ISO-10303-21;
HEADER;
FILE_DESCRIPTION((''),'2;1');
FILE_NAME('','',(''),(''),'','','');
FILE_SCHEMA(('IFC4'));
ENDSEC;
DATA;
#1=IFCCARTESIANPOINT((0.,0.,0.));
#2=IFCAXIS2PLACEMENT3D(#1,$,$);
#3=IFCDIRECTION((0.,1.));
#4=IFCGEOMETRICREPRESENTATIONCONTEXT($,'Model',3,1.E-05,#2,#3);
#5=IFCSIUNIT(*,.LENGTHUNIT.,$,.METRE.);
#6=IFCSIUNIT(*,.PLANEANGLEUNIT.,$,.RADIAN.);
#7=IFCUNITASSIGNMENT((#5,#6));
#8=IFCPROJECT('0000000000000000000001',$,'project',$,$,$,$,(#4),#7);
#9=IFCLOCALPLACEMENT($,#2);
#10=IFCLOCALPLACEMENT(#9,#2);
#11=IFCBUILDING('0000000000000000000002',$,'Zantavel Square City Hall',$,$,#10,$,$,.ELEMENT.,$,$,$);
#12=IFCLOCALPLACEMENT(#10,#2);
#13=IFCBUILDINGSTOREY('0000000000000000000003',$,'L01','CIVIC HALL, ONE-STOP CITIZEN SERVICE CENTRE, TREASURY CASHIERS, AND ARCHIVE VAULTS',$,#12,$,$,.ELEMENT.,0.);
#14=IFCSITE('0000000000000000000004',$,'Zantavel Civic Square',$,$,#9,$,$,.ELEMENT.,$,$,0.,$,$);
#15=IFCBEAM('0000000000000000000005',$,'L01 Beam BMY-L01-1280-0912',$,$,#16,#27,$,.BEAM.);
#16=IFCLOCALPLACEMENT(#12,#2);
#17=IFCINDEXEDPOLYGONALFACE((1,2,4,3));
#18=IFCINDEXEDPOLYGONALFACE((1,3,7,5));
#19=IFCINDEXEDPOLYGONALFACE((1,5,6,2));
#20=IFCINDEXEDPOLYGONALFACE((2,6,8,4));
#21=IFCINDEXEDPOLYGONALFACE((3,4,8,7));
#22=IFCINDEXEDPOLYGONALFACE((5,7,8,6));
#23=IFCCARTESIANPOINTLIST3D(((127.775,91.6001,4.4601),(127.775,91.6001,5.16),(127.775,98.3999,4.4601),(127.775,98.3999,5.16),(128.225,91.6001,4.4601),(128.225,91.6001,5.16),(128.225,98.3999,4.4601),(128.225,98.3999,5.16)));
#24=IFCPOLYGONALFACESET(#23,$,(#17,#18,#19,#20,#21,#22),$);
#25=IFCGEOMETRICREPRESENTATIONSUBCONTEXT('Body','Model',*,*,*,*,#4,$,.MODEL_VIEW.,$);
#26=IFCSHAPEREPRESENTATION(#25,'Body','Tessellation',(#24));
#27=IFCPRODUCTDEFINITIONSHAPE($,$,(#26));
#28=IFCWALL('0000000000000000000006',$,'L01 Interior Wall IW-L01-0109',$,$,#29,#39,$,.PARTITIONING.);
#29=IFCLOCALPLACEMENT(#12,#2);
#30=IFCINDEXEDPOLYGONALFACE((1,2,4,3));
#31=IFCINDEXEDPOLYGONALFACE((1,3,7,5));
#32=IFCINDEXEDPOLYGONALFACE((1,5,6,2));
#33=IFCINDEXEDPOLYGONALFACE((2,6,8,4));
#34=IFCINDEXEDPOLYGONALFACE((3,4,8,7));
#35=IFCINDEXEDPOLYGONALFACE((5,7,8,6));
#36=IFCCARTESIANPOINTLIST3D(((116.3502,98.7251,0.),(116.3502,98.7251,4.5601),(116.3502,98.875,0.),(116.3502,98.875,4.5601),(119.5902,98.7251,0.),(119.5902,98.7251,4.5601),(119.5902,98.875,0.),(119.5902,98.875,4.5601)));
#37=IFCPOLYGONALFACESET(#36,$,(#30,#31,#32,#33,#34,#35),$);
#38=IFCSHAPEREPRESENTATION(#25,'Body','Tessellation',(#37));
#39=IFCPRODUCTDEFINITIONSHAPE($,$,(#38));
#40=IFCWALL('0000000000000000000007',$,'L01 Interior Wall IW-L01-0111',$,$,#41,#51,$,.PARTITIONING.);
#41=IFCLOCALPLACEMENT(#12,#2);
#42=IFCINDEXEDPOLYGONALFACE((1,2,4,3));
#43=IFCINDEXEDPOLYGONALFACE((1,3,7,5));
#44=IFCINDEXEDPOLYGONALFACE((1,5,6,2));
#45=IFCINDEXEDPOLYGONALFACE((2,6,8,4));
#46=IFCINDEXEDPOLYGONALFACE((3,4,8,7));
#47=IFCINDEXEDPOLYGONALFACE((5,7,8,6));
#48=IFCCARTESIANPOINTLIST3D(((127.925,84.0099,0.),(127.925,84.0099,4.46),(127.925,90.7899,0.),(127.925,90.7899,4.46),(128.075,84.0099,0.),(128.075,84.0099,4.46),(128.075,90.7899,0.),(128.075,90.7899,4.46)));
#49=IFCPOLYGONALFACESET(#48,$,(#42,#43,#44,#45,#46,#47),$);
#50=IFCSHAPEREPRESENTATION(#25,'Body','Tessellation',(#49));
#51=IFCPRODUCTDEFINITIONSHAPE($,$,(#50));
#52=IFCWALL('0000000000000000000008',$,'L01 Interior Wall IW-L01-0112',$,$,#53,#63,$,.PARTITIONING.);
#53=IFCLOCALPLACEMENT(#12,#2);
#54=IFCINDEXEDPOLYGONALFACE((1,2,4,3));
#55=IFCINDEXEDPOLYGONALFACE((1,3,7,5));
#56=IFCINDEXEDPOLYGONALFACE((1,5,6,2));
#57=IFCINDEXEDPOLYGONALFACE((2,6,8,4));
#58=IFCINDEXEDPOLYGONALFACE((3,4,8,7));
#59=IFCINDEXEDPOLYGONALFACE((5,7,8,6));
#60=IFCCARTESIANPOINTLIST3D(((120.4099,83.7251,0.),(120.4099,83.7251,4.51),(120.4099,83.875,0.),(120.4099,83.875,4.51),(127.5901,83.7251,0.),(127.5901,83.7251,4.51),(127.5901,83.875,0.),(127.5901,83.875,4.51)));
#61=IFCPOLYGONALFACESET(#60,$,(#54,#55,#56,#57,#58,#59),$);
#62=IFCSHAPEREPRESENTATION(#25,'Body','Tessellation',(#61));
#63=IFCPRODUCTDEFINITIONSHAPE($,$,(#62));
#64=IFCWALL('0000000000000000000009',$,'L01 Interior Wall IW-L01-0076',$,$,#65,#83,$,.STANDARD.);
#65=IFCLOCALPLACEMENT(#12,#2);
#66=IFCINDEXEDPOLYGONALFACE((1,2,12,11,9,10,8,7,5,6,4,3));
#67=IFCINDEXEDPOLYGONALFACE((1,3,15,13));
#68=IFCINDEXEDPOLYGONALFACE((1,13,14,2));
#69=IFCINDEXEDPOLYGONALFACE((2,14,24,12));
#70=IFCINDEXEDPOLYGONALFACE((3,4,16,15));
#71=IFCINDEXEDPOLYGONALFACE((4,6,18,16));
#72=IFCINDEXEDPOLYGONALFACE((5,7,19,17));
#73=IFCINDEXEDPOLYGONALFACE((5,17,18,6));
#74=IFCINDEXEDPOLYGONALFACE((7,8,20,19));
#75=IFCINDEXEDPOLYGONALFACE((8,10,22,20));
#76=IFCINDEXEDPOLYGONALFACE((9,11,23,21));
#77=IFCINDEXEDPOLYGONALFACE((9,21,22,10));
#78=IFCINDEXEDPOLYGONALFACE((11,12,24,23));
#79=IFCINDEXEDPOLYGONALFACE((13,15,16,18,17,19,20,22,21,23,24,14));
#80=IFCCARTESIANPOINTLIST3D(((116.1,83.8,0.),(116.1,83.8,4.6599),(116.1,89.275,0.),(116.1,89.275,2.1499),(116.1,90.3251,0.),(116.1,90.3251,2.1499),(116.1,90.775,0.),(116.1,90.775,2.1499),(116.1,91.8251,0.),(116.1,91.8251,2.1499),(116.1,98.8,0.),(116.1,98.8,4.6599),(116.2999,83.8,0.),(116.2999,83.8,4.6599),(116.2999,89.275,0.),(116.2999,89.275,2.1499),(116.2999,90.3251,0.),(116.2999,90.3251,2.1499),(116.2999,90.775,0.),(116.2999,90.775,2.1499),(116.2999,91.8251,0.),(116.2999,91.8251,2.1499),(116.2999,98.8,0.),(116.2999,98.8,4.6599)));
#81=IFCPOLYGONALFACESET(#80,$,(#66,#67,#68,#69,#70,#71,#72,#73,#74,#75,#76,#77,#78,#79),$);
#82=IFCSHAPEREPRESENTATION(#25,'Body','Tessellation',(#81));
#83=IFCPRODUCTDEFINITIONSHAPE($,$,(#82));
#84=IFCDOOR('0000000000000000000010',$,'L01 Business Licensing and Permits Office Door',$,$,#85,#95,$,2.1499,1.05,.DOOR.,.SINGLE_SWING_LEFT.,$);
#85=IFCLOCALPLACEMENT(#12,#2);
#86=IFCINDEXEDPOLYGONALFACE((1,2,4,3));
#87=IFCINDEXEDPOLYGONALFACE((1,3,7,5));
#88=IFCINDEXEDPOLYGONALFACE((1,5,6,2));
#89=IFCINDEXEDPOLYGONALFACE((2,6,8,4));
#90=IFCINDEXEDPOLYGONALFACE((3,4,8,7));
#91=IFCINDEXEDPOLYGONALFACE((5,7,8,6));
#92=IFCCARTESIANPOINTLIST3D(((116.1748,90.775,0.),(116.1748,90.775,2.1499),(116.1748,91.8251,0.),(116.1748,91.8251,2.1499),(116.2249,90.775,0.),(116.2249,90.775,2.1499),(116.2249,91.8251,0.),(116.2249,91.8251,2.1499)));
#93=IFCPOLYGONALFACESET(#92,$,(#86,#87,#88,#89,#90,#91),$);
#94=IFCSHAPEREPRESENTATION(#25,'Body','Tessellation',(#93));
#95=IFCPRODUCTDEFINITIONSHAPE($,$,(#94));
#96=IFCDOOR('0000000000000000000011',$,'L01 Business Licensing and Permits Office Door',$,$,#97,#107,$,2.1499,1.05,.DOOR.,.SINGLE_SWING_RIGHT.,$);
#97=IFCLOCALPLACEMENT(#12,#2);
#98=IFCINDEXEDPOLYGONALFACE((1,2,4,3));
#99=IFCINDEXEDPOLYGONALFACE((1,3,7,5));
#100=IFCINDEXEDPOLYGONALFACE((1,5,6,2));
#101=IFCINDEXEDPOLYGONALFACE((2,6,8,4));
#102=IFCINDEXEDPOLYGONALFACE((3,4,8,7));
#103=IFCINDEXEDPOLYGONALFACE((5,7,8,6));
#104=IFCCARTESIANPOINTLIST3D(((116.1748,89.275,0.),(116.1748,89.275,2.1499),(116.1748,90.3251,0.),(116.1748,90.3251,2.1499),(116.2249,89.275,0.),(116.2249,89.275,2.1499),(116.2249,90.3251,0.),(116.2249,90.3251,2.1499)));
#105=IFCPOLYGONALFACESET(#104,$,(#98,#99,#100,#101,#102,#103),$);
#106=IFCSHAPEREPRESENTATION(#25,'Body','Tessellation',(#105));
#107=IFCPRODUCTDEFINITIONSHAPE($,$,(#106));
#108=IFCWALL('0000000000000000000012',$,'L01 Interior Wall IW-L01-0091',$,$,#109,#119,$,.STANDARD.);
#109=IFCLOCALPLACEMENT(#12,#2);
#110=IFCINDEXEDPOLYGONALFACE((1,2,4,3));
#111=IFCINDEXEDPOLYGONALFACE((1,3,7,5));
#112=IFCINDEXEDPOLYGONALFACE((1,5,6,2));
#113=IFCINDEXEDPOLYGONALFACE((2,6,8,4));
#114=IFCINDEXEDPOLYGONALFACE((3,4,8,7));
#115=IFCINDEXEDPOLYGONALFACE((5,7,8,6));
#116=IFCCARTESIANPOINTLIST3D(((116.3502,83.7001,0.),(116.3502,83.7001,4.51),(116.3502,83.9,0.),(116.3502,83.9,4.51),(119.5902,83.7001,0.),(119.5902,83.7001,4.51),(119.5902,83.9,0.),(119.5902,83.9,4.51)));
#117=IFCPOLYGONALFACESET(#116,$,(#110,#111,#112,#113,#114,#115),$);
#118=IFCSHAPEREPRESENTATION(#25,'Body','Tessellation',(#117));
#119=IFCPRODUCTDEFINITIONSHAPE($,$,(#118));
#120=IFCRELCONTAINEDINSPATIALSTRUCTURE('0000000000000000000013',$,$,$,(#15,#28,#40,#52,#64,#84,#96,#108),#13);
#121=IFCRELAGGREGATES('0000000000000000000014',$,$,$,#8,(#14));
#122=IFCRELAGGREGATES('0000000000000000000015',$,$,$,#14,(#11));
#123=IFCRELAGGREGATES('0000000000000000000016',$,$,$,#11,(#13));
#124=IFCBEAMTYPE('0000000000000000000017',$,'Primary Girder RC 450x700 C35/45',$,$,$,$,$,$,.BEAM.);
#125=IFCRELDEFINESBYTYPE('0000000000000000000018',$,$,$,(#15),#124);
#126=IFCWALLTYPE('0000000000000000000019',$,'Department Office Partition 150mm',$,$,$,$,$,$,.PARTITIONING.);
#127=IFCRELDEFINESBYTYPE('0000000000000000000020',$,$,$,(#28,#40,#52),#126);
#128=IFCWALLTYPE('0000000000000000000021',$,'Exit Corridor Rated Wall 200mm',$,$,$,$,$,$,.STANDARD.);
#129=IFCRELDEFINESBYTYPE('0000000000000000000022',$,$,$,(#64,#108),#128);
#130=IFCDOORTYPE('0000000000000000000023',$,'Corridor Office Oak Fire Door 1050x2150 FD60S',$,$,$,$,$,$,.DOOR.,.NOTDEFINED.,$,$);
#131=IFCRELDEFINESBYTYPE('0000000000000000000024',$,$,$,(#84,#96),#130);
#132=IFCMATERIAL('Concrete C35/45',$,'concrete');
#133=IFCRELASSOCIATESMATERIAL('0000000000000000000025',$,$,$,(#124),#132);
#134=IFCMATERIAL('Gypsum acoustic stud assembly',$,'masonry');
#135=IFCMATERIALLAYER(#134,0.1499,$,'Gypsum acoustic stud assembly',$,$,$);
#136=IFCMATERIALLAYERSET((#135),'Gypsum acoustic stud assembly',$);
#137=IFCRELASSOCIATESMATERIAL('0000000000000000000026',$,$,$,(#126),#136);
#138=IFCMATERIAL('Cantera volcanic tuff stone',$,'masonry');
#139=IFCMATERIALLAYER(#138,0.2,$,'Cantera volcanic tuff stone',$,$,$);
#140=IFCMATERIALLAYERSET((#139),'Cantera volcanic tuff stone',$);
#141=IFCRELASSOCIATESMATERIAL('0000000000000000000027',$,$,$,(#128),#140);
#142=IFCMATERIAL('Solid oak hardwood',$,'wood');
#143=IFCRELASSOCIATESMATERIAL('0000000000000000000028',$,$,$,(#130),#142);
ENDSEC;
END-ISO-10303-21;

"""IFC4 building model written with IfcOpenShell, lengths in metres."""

from ifc_helpers import new_model, si_unit, direction, frame, frame_2d, origin, origin_2d, place, context, subcontext, project, spatial, rectangle, extrude, material, layer, layer_set, material_profile, profile_set, type_object, element, fill, save


model = new_model("IFC4")

# Units and contexts
model_context = context("Model", 3, precision=1e-05, world=origin(), true_north=direction((0.0, 1.0)))
body_context = subcontext(model_context, "Body", "Model", "MODEL_VIEW")
ifc_project = project(units=[si_unit("LENGTHUNIT", "METRE"), si_unit("PLANEANGLEUNIT", "RADIAN")], contexts=[model_context])

# Site, building, storey
site_placement = place(None, origin())
site = spatial("IfcSite", under=ifc_project, at=site_placement, Name="Zantavel Civic Square", CompositionType="ELEMENT", RefElevation=0.0)
building_placement = place(site_placement, origin())
building = spatial("IfcBuilding", under=site, at=building_placement, Name="Zantavel Square City Hall", CompositionType="ELEMENT")
storey_placement = place(building_placement, origin())
storey = spatial("IfcBuildingStorey", under=building, at=storey_placement, Name="L01", Description="CIVIC HALL, ONE-STOP CITIZEN SERVICE CENTRE, TREASURY CASHIERS, AND ARCHIVE VAULTS", CompositionType="ELEMENT", Elevation=0.0)

# Beam
ifc_material_1 = material(Name="Concrete C35/45", Category="concrete")
ifc_material_profile_1 = material_profile(ifc_material_1, rectangle(XDim=0.45, YDim=0.7, at=origin_2d()), Name="RC 450x700")
ifc_profile_set_1 = profile_set([ifc_material_profile_1], Name="Concrete C35/45")
beam_type_1 = type_object("IfcBeamType", Name="Primary Girder RC 450x700 C35/45", PredefinedType="BEAM", material=ifc_profile_set_1)
beam_1_placement = place(storey_placement, frame((128.0, 91.6001, 4.8101), z_axis=(0.0, 1.0, 0.0), x_axis=(-1.0, 0.0, 0.0)))
element("IfcBeam", 1, at=beam_1_placement, inside=storey, type_object=beam_type_1, Name="L01 Beam BMY-L01-1280-0912", PredefinedType="BEAM", context=body_context, shape_type="SweptSolid", body=[
    extrude(rectangle(XDim=0.45, YDim=0.7, at=origin_2d()), origin(), (0.0, 0.0, 1.0), 6.7998),
])

# Walls
ifc_material_2 = material(Name="Gypsum acoustic stud assembly", Category="masonry")
ifc_layer_1 = layer(ifc_material_2, 0.1499, Name="Gypsum acoustic stud assembly")
ifc_layer_set_1 = layer_set([ifc_layer_1], Name="Gypsum acoustic stud assembly")
wall_type_1 = type_object("IfcWallType", Name="Department Office Partition 150mm", PredefinedType="PARTITIONING", material=ifc_layer_set_1)
wall_1_placement = place(storey_placement, frame((116.3501, 98.8, 0.0), z_axis=(0.0, 0.0, 1.0), x_axis=(1.0, 0.0, 0.0)))
element("IfcWall", 2, at=wall_1_placement, inside=storey, type_object=wall_type_1, Name="L01 Interior Wall IW-L01-0109", PredefinedType="PARTITIONING", context=body_context, shape_type="SweptSolid", body=[
    extrude(rectangle(XDim=3.24, YDim=0.1499, at=frame_2d((1.6201, 0.0))), origin(), (0.0, 0.0, 1.0), 4.5601),
])
wall_2_placement = place(storey_placement, frame((128.0, 90.79, 0.0), z_axis=(0.0, 0.0, 1.0), x_axis=(0.0, -1.0, 0.0)))
element("IfcWall", 3, at=wall_2_placement, inside=storey, type_object=wall_type_1, Name="L01 Interior Wall IW-L01-0111", PredefinedType="PARTITIONING", context=body_context, shape_type="SweptSolid", body=[
    extrude(rectangle(XDim=6.78, YDim=0.1499, at=frame_2d((3.3901, 0.0))), origin(), (0.0, 0.0, 1.0), 4.46),
])
wall_3_placement = place(storey_placement, frame((127.5901, 83.8, 0.0), z_axis=(0.0, 0.0, 1.0), x_axis=(-1.0, 0.0, 0.0)))
element("IfcWall", 4, at=wall_3_placement, inside=storey, type_object=wall_type_1, Name="L01 Interior Wall IW-L01-0112", PredefinedType="PARTITIONING", context=body_context, shape_type="SweptSolid", body=[
    extrude(rectangle(XDim=7.1802, YDim=0.1499, at=frame_2d((3.5901, 0.0))), origin(), (0.0, 0.0, 1.0), 4.51),
])

# Wall, openings, doors
ifc_material_3 = material(Name="Cantera volcanic tuff stone", Category="masonry")
ifc_layer_2 = layer(ifc_material_3, 0.2, Name="Cantera volcanic tuff stone")
ifc_layer_set_2 = layer_set([ifc_layer_2], Name="Cantera volcanic tuff stone")
wall_type_2 = type_object("IfcWallType", Name="Exit Corridor Rated Wall 200mm", PredefinedType="STANDARD", material=ifc_layer_set_2)
wall_4_placement = place(storey_placement, frame((116.2, 98.8, 0.0), z_axis=(0.0, 0.0, 1.0), x_axis=(0.0, -1.0, 0.0)))
wall_4 = element("IfcWall", 5, at=wall_4_placement, inside=storey, type_object=wall_type_2, Name="L01 Interior Wall IW-L01-0076", PredefinedType="STANDARD", context=body_context, shape_type="SweptSolid", body=[
    extrude(rectangle(XDim=15.0, YDim=0.2, at=frame_2d((7.5, 0.0))), origin(), (0.0, 0.0, 1.0), 4.6599),
])
opening_1_placement = place(wall_4_placement, frame((6.9751, 0.0, 0.0)))
opening_1 = element("IfcOpeningElement", 6, at=opening_1_placement, cuts=wall_4, PredefinedType="OPENING", context=body_context, shape_type="SweptSolid", body=[
    extrude(rectangle(XDim=1.05, YDim=2.1499, at=frame_2d((0.5249, 1.075))), frame((0.0, 0.1099, 0.0), z_axis=(0.0, -1.0, 0.0), x_axis=(1.0, 0.0, 0.0)), (0.0, 0.0, 1.0), 0.22),
])
opening_2_placement = place(wall_4_placement, frame((8.4751, 0.0, 0.0)))
opening_2 = element("IfcOpeningElement", 7, at=opening_2_placement, cuts=wall_4, PredefinedType="OPENING", context=body_context, shape_type="SweptSolid", body=[
    extrude(rectangle(XDim=1.05, YDim=2.1499, at=frame_2d((0.5249, 1.075))), frame((0.0, 0.1099, 0.0), z_axis=(0.0, -1.0, 0.0), x_axis=(1.0, 0.0, 0.0)), (0.0, 0.0, 1.0), 0.22),
])
ifc_material_4 = material(Name="Solid oak hardwood", Category="wood")
door_type = type_object("IfcDoorType", Name="Corridor Office Oak Fire Door 1050x2150 FD60S", OperationType="NOTDEFINED", PredefinedType="DOOR", material=ifc_material_4)
door_1_placement = place(opening_1_placement, origin())
door_1 = element("IfcDoor", 8, at=door_1_placement, inside=storey, type_object=door_type, Name="L01 Business Licensing and Permits Office Door", OperationType="SINGLE_SWING_LEFT", OverallHeight=2.1499, OverallWidth=1.05, PredefinedType="DOOR", context=body_context, shape_type="SweptSolid", body=[
    extrude(rectangle(XDim=1.05, YDim=2.1499, at=frame_2d((0.5249, 1.075))), frame((0.0, 0.0249, 0.0), z_axis=(0.0, -1.0, 0.0), x_axis=(1.0, 0.0, 0.0)), (0.0, 0.0, 1.0), 0.05),
])
fill(opening_1, door_1)
door_2_placement = place(opening_2_placement, origin())
door_2 = element("IfcDoor", 9, at=door_2_placement, inside=storey, type_object=door_type, Name="L01 Business Licensing and Permits Office Door", OperationType="SINGLE_SWING_RIGHT", OverallHeight=2.1499, OverallWidth=1.05, PredefinedType="DOOR", context=body_context, shape_type="SweptSolid", body=[
    extrude(rectangle(XDim=1.05, YDim=2.1499, at=frame_2d((0.5249, 1.075))), frame((0.0, 0.0249, 0.0), z_axis=(0.0, -1.0, 0.0), x_axis=(1.0, 0.0, 0.0)), (0.0, 0.0, 1.0), 0.05),
])
fill(opening_2, door_2)

# Wall
wall_5_placement = place(storey_placement, frame((116.3501, 83.8, 0.0), z_axis=(0.0, 0.0, 1.0), x_axis=(1.0, 0.0, 0.0)))
element("IfcWall", 10, at=wall_5_placement, inside=storey, type_object=wall_type_2, Name="L01 Interior Wall IW-L01-0091", PredefinedType="STANDARD", context=body_context, shape_type="SweptSolid", body=[
    extrude(rectangle(XDim=3.24, YDim=0.2, at=frame_2d((1.6201, 0.0))), origin(), (0.0, 0.0, 1.0), 4.51),
])

save(model, "model.ifc")
